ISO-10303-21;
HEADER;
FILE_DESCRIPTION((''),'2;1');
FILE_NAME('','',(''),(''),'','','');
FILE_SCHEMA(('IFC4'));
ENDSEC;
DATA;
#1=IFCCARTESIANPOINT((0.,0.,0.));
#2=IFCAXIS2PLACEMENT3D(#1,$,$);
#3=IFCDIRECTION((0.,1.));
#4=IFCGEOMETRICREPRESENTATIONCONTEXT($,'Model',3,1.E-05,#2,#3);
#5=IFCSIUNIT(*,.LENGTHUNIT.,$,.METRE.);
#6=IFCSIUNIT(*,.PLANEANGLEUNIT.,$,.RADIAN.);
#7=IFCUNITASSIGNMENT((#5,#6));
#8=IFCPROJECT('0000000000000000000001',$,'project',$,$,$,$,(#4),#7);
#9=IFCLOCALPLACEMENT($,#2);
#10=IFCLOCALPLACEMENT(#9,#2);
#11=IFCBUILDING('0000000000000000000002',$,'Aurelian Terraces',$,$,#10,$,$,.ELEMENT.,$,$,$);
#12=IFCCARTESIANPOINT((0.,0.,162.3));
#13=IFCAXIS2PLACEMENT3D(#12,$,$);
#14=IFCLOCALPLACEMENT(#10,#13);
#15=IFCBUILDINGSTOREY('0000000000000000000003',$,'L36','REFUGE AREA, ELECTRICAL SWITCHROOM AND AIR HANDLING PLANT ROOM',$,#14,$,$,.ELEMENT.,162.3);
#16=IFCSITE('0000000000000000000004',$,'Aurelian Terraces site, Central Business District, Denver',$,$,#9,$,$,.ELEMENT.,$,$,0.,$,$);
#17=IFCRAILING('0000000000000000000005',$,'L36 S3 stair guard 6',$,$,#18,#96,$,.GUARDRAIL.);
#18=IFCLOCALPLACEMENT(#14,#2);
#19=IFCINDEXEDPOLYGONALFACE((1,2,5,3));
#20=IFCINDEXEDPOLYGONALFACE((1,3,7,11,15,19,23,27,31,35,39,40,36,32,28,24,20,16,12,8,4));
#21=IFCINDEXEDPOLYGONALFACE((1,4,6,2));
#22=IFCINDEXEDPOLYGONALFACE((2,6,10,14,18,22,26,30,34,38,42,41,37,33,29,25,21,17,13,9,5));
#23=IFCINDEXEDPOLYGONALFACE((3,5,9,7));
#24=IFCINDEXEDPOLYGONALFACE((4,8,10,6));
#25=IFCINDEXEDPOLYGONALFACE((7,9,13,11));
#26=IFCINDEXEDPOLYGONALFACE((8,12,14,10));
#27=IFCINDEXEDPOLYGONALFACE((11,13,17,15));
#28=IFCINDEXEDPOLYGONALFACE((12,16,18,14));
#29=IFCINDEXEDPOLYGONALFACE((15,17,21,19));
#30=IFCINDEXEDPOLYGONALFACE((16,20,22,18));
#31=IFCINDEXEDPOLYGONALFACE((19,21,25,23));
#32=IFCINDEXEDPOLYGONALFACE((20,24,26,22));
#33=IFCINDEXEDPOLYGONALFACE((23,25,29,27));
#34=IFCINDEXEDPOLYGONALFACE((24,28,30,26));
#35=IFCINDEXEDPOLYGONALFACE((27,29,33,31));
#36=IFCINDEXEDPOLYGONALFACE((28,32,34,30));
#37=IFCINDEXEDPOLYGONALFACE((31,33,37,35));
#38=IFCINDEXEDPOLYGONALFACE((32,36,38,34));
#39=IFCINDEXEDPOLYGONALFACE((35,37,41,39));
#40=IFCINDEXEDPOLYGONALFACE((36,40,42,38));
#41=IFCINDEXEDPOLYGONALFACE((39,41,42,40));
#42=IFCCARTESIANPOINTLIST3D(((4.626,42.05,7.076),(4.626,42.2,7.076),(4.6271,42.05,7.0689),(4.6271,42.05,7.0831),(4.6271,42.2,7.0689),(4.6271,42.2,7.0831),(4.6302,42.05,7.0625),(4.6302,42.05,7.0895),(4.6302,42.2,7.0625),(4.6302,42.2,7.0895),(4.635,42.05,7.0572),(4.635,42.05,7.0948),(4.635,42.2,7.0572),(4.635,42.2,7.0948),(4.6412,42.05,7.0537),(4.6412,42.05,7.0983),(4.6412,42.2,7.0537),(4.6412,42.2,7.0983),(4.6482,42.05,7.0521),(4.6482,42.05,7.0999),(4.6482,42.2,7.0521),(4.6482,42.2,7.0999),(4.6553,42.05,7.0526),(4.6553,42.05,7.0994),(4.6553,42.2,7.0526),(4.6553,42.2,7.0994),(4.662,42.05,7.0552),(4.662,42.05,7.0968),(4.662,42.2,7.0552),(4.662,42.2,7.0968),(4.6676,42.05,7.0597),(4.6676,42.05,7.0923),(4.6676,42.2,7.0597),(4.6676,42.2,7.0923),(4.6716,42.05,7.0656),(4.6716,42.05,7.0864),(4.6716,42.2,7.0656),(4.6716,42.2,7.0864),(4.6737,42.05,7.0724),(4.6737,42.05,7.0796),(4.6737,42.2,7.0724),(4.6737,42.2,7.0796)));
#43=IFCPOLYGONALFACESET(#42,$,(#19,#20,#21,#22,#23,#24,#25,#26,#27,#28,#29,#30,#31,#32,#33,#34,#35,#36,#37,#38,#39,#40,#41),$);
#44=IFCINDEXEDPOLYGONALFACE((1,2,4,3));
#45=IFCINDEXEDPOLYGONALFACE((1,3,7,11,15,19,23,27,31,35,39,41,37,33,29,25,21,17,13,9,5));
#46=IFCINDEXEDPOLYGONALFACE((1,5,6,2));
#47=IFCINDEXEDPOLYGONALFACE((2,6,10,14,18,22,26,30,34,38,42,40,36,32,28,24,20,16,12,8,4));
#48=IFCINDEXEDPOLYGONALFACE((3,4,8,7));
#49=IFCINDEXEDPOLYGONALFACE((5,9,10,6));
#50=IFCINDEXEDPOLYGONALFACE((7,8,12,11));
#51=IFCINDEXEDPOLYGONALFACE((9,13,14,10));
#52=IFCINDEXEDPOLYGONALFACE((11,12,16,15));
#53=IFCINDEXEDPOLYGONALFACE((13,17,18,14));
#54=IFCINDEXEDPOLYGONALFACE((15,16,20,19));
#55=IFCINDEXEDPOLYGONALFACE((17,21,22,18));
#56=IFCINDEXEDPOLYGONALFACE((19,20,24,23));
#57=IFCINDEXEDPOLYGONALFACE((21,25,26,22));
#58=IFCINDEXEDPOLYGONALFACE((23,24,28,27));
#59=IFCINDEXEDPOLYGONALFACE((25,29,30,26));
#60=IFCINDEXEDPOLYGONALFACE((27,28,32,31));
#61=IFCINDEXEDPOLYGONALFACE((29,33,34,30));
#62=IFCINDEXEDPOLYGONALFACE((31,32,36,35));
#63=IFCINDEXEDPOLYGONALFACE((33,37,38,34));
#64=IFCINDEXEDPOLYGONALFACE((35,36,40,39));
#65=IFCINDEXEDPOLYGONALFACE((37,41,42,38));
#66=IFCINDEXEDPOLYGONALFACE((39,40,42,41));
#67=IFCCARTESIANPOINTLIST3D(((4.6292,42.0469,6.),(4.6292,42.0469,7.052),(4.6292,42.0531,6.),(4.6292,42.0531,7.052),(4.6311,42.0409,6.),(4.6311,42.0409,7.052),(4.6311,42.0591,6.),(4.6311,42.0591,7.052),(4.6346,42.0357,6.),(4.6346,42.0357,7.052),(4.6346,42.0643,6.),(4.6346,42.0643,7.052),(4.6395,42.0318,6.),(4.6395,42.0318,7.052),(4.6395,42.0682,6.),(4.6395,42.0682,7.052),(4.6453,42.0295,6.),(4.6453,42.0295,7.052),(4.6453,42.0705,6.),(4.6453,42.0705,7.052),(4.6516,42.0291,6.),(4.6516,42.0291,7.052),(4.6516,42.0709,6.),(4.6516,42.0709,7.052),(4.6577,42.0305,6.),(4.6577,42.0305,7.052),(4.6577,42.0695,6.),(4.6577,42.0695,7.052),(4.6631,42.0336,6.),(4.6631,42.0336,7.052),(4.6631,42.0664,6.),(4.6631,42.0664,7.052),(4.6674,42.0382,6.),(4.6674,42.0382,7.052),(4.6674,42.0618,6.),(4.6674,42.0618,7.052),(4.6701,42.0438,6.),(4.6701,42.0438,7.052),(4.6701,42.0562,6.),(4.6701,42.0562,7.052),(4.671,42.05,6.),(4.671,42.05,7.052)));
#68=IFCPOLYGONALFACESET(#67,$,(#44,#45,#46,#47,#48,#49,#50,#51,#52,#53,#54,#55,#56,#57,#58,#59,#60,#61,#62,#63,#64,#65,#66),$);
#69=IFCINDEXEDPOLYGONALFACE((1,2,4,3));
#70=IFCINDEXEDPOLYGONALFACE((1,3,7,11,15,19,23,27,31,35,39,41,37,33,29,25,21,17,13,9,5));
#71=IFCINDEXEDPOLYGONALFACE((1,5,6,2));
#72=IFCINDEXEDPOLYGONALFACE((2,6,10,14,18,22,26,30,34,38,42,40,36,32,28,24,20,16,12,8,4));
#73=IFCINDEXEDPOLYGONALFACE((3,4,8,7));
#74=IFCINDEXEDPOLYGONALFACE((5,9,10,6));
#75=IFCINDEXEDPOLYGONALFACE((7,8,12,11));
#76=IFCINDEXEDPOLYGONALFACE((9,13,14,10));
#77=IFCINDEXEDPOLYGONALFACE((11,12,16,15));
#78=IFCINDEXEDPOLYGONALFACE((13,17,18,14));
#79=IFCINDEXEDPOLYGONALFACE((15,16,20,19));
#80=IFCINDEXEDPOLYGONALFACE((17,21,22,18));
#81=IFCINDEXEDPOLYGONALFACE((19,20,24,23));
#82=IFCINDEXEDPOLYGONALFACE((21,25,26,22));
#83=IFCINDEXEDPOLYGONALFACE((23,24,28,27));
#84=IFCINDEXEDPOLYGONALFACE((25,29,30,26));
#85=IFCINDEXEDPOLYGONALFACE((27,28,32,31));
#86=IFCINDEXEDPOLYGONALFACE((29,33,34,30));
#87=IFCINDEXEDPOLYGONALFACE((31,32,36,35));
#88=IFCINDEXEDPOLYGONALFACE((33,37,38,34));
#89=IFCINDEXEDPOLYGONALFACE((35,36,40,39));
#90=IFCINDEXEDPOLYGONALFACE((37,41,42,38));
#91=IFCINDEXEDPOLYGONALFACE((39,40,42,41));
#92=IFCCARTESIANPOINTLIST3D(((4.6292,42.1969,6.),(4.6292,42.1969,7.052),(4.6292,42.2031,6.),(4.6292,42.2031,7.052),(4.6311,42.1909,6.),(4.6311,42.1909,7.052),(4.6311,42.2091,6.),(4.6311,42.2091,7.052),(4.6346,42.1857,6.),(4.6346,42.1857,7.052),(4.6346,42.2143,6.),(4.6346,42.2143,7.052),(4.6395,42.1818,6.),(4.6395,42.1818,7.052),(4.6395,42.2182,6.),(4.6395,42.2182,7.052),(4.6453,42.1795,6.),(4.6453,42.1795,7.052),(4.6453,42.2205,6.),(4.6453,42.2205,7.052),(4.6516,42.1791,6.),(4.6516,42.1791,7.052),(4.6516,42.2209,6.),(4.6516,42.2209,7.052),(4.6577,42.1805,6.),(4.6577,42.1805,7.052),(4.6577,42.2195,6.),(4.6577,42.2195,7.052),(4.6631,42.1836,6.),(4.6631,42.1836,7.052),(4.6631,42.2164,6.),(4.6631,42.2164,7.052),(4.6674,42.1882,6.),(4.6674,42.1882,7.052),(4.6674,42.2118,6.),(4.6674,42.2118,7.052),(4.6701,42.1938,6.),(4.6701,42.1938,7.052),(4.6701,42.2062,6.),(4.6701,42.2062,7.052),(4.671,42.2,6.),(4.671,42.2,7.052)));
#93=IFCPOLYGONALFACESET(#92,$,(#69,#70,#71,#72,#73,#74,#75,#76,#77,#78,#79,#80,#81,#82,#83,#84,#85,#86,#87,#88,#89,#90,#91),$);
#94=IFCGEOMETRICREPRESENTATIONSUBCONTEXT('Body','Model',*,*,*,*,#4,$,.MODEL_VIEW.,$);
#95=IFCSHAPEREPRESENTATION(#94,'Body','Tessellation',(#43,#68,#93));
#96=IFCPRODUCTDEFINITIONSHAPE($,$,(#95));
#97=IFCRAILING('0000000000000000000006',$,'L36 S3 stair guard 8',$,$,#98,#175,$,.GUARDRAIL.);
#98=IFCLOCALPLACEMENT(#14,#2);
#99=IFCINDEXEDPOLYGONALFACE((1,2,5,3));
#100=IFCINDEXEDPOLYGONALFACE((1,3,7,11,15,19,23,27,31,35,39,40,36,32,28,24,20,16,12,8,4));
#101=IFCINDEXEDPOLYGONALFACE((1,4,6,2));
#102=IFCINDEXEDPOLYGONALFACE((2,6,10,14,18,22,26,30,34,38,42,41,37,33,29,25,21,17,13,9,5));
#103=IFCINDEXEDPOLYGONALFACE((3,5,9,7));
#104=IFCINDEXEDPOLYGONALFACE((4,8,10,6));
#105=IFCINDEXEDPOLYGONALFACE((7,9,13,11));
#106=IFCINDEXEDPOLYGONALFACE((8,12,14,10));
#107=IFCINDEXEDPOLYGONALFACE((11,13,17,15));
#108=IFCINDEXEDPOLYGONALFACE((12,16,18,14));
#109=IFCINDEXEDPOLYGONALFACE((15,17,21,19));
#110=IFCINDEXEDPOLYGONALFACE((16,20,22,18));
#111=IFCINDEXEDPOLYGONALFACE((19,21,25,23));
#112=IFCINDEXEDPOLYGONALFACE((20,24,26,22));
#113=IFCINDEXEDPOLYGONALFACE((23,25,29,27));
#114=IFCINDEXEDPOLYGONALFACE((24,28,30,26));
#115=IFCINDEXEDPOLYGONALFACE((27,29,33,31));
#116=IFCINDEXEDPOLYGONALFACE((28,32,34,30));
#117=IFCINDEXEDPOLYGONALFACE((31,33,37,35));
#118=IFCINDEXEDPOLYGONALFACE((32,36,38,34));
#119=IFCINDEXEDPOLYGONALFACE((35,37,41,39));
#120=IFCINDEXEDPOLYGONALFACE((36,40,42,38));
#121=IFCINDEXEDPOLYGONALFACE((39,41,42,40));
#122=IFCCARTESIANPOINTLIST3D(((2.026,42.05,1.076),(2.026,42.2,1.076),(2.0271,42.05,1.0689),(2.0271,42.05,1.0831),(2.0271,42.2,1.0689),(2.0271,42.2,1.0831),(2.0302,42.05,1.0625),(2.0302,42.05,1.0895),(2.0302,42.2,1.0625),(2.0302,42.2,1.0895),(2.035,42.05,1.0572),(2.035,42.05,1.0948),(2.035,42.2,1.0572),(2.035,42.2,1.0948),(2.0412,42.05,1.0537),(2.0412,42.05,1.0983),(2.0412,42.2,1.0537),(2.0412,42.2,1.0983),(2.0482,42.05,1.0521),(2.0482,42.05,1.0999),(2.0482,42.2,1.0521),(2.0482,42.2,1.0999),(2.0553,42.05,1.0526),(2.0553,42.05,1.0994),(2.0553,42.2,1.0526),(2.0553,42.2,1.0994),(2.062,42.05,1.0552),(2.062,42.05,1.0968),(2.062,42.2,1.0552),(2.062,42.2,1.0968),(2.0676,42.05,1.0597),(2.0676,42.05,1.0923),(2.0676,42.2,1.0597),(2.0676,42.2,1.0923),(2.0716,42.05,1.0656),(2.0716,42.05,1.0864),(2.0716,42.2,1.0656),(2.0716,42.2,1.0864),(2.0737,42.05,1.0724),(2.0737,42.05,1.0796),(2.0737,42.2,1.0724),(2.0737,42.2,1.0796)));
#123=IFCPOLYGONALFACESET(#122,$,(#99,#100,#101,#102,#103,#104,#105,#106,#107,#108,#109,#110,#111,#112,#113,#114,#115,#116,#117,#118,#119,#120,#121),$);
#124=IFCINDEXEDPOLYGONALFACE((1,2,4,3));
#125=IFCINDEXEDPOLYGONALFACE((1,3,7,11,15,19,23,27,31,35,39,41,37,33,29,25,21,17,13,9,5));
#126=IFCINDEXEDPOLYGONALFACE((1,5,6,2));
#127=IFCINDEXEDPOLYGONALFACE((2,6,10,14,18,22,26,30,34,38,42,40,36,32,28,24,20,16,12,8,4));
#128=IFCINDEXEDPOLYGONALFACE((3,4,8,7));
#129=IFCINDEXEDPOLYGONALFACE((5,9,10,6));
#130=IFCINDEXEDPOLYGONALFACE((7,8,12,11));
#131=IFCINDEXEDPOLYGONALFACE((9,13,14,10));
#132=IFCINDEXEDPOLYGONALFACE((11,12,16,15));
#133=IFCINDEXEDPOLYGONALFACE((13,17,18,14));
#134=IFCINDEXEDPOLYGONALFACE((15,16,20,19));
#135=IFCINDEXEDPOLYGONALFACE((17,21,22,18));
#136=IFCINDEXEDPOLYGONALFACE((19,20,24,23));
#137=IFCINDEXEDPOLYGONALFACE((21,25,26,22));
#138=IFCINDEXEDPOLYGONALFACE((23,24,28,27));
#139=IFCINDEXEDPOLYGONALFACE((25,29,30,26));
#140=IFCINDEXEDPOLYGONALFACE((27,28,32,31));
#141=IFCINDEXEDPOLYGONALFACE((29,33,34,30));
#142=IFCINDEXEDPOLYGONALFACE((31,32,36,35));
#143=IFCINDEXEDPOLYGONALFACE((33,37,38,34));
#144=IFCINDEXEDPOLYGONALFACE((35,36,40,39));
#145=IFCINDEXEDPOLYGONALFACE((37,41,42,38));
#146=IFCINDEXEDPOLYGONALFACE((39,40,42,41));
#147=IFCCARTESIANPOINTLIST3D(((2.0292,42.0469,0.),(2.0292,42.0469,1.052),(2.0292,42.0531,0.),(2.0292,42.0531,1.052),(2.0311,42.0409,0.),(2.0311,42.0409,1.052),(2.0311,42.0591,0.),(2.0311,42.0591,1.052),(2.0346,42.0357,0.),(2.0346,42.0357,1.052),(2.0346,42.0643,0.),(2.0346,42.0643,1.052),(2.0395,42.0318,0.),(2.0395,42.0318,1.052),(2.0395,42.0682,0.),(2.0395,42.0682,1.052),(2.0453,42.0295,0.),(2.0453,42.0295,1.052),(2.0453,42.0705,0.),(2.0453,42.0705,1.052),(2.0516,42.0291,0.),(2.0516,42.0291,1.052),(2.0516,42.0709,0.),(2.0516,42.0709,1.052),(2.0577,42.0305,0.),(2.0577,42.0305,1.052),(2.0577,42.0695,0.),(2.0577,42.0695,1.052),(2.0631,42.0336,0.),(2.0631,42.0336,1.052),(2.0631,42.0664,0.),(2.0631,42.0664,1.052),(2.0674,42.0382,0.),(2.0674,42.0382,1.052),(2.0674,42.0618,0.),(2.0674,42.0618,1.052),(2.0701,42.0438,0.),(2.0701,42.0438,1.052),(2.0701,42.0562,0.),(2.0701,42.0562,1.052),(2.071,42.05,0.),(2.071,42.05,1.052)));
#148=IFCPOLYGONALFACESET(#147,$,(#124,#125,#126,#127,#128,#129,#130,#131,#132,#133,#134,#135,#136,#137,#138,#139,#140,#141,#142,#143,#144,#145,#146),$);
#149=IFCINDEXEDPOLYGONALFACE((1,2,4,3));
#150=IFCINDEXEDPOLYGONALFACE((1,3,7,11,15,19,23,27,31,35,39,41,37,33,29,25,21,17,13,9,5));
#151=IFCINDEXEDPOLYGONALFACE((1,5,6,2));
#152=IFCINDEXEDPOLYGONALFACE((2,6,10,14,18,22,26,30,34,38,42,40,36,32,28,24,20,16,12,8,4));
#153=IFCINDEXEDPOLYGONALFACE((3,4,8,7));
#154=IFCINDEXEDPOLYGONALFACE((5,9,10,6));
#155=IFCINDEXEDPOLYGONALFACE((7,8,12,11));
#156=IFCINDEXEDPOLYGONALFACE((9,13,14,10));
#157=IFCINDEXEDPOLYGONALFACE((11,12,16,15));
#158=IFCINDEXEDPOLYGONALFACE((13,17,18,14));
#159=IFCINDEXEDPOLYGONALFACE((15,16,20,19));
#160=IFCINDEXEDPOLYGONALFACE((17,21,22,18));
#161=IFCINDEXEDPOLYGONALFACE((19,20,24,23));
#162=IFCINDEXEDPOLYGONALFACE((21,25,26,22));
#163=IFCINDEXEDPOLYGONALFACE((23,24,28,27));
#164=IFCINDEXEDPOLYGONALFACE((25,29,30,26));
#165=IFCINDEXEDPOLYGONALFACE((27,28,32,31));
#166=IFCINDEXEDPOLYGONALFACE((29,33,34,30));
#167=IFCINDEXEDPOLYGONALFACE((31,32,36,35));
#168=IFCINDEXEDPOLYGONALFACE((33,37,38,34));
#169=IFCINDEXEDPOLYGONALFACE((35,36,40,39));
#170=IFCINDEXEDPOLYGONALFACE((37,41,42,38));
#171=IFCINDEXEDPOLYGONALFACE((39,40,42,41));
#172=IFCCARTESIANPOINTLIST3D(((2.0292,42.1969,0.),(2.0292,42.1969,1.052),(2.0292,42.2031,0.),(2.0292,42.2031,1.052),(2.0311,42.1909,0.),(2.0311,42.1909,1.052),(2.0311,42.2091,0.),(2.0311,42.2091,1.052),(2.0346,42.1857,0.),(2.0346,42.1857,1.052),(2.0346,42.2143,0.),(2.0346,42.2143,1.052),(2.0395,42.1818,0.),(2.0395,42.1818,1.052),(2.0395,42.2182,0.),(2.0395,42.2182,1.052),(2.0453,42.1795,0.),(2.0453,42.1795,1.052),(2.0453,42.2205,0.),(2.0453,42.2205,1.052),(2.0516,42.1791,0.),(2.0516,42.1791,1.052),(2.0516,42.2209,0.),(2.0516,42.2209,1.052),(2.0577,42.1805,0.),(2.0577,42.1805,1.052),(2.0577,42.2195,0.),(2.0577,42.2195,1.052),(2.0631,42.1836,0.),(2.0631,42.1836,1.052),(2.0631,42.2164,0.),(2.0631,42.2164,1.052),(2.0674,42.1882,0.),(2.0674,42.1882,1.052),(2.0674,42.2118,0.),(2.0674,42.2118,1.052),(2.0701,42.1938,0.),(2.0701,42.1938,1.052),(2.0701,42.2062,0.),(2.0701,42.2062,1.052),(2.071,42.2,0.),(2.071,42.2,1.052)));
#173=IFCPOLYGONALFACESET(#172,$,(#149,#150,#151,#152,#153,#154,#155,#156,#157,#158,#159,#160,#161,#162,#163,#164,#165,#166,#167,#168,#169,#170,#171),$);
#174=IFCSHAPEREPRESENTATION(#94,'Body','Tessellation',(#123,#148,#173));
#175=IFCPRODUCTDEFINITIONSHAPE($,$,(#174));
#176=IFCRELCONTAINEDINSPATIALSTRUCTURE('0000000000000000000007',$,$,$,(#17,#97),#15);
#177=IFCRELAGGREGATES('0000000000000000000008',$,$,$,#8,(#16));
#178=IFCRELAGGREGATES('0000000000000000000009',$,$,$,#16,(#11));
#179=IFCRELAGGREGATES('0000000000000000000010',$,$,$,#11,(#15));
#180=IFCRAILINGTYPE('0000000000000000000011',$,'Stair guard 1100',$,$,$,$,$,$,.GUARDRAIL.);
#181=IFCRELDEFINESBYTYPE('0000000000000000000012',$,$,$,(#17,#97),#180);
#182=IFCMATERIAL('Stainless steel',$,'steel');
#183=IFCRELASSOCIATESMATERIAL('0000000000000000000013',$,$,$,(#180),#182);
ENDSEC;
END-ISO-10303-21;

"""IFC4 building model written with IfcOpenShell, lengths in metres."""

from ifc_helpers import new_model, si_unit, direction, frame, origin, origin_2d, place, context, subcontext, project, spatial, circle, extrude, source, transform, mapped, material, type_object, element, save


model = new_model("IFC4")

# Units and contexts
model_context = context("Model", 3, precision=1e-05, world=origin(), true_north=direction((0.0, 1.0)))
body_context = subcontext(model_context, "Body", "Model", "MODEL_VIEW")
ifc_project = project(units=[si_unit("LENGTHUNIT", "METRE"), si_unit("PLANEANGLEUNIT", "RADIAN")], contexts=[model_context])

# Site, building, storey
site_placement = place(None, origin())
site = spatial("IfcSite", under=ifc_project, at=site_placement, Name="Aurelian Terraces site, Central Business District, Denver", CompositionType="ELEMENT", RefElevation=0.0)
building_placement = place(site_placement, origin())
building = spatial("IfcBuilding", under=site, at=building_placement, Name="Aurelian Terraces", CompositionType="ELEMENT")
storey_placement = place(building_placement, frame((0.0, 0.0, 162.3)))
storey = spatial("IfcBuildingStorey", under=building, at=storey_placement, Name="L36", Description="REFUGE AREA, ELECTRICAL SWITCHROOM AND AIR HANDLING PLANT ROOM", CompositionType="ELEMENT", Elevation=162.3)

# Railings
ifc_material_1 = material(Name="Stainless steel", Category="steel")
railing_type_1 = type_object("IfcRailingType", Name="Stair guard 1100", PredefinedType="GUARDRAIL", material=ifc_material_1)
shared_shape_1 = source(origin(), body_context, "Body", "SweptSolid", [
    extrude(circle(Radius=0.024, at=origin_2d()), frame((0.0, 0.0, 1.076), z_axis=(0.0, 1.0, 0.0), x_axis=(-1.0, 0.0, 0.0)), (0.0, 0.0, 1.0), 0.15),
    extrude(circle(Radius=0.021, at=origin_2d()), origin(), (0.0, 0.0, 1.0), 1.052),
    extrude(circle(Radius=0.021, at=origin_2d()), frame((0.0, 0.15, 0.0)), (0.0, 0.0, 1.0), 1.052),
])
for number, where, name in (
    (1, (4.65, 42.05, 6.0), "L36 S3 stair guard 6"),
    (2, (2.05, 42.05, 0.0), "L36 S3 stair guard 8"),
):
    element("IfcRailing", number, at=place(storey_placement, frame(where)), inside=storey, type_object=railing_type_1, Name=name, PredefinedType="GUARDRAIL", context=body_context, shape_type="MappedRepresentation", body=[
        mapped(shared_shape_1, transform((0.0, 0.0, 0.0), scale=1.0)),
    ])

save(model, "model.ifc")
